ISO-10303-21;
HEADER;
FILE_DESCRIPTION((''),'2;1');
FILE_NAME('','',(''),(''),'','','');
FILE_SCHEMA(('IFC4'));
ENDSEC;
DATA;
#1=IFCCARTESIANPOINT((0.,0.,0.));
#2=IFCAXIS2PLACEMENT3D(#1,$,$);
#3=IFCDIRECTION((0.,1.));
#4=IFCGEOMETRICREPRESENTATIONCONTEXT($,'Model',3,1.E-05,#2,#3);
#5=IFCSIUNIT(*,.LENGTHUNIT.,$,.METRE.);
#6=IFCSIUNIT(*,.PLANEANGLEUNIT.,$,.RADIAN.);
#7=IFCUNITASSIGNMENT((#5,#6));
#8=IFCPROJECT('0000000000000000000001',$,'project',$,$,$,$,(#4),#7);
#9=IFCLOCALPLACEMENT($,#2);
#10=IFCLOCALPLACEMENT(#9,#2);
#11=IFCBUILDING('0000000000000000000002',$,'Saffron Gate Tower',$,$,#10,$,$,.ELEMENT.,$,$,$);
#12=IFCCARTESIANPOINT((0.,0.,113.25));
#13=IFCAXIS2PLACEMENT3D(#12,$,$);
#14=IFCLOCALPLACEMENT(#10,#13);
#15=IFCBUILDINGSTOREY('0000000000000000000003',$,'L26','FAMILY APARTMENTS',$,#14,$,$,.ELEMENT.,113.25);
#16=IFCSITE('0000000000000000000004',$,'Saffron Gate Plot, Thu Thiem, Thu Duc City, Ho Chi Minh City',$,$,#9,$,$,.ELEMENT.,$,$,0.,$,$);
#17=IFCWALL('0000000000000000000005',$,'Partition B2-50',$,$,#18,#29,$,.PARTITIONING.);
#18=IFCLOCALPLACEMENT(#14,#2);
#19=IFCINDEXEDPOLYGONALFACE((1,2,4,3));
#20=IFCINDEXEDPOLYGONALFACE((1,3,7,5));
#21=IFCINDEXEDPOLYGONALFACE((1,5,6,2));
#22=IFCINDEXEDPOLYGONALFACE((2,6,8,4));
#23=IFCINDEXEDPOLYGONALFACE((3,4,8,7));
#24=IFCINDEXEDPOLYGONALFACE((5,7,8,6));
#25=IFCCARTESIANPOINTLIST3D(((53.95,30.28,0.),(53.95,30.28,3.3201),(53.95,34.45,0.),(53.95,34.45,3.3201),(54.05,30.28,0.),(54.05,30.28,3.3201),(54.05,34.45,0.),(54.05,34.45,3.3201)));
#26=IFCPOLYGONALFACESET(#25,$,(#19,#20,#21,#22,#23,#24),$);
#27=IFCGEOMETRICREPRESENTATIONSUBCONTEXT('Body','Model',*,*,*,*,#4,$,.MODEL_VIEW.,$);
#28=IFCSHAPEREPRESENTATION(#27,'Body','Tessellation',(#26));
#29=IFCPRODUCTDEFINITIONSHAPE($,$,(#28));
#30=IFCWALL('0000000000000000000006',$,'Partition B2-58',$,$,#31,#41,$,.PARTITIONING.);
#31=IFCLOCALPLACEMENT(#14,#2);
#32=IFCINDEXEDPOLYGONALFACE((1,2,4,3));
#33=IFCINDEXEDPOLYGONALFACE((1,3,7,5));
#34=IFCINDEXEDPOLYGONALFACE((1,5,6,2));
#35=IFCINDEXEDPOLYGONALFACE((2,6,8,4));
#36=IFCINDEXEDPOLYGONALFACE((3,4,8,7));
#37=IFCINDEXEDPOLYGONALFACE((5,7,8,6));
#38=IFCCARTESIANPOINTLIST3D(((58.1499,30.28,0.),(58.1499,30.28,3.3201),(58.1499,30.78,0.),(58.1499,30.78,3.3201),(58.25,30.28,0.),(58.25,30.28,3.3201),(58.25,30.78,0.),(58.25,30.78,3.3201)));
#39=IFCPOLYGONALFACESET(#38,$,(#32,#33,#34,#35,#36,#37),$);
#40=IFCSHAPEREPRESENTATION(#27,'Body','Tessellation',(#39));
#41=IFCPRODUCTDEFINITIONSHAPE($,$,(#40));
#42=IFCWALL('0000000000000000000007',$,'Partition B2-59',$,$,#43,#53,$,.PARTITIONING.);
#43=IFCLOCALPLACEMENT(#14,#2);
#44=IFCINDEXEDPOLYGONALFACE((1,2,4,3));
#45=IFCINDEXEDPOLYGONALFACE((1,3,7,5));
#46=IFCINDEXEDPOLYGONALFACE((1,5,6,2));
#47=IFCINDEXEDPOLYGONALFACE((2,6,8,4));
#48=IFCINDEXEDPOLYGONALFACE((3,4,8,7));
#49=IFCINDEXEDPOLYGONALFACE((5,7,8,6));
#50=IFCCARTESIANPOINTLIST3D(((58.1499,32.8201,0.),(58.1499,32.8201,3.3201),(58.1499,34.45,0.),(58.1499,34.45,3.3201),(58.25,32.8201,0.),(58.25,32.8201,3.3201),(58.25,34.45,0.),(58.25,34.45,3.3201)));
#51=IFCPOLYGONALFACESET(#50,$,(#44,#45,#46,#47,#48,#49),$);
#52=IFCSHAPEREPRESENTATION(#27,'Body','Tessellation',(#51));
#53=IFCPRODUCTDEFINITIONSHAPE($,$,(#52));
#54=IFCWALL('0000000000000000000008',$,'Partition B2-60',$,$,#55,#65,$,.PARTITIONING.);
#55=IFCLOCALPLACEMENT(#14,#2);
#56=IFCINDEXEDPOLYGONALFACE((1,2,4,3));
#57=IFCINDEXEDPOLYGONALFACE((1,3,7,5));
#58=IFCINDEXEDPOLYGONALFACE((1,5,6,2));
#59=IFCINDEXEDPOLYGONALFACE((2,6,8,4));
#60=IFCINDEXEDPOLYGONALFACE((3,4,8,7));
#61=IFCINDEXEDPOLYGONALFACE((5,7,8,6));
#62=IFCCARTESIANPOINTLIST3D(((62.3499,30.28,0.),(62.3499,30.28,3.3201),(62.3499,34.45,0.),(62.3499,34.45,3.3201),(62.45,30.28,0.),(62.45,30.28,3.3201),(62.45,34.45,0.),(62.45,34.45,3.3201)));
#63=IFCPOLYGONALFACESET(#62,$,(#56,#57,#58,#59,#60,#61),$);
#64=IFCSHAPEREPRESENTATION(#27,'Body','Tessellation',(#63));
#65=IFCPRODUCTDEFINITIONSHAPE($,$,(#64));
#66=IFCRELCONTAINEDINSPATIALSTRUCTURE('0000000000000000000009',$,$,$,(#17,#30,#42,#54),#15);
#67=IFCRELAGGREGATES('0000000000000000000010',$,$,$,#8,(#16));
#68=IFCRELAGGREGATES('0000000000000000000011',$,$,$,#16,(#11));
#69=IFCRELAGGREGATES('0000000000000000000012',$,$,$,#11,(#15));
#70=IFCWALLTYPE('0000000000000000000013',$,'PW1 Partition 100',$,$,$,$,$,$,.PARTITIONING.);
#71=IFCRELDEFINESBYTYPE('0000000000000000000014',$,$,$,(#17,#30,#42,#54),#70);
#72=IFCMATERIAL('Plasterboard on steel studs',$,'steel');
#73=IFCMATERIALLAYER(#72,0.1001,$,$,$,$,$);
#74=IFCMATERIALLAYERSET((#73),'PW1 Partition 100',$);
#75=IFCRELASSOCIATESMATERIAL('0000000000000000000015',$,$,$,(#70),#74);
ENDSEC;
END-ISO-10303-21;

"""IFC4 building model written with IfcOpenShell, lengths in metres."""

from ifc_helpers import new_model, si_unit, direction, frame, frame_2d, origin, place, context, subcontext, project, spatial, rectangle, extrude, material, layer, layer_set, type_object, element, save


model = new_model("IFC4")

# Units and contexts
model_context = context("Model", 3, precision=1e-05, world=origin(), true_north=direction((0.0, 1.0)))
body_context = subcontext(model_context, "Body", "Model", "MODEL_VIEW")
ifc_project = project(units=[si_unit("LENGTHUNIT", "METRE"), si_unit("PLANEANGLEUNIT", "RADIAN")], contexts=[model_context])

# Site, building, storey
site_placement = place(None, origin())
site = spatial("IfcSite", under=ifc_project, at=site_placement, Name="Saffron Gate Plot, Thu Thiem, Thu Duc City, Ho Chi Minh City", CompositionType="ELEMENT", RefElevation=0.0)
building_placement = place(site_placement, origin())
building = spatial("IfcBuilding", under=site, at=building_placement, Name="Saffron Gate Tower", CompositionType="ELEMENT")
storey_placement = place(building_placement, frame((0.0, 0.0, 113.25)))
storey = spatial("IfcBuildingStorey", under=building, at=storey_placement, Name="L26", Description="FAMILY APARTMENTS", CompositionType="ELEMENT", Elevation=113.25)

# Walls
ifc_material_1 = material(Name="Plasterboard on steel studs", Category="steel")
ifc_layer = layer(ifc_material_1, 0.1001)
ifc_layer_set = layer_set([ifc_layer], Name="PW1 Partition 100")
wall_type = type_object("IfcWallType", Name="PW1 Partition 100", PredefinedType="PARTITIONING", material=ifc_layer_set)
wall_1_placement = place(storey_placement, frame((54.0, 34.45, 0.0), z_axis=(0.0, 0.0, 1.0), x_axis=(0.0, -1.0, 0.0)))
element("IfcWall", 1, at=wall_1_placement, inside=storey, type_object=wall_type, Name="Partition B2-50", PredefinedType="PARTITIONING", context=body_context, shape_type="SweptSolid", body=[
    extrude(rectangle(XDim=4.1699, YDim=0.1001, at=frame_2d((2.085, 0.0))), origin(), (0.0, 0.0, 1.0), 3.3201),
])
wall_2_placement = place(storey_placement, frame((58.2, 30.78, 0.0), z_axis=(0.0, 0.0, 1.0), x_axis=(0.0, -1.0, 0.0)))
element("IfcWall", 2, at=wall_2_placement, inside=storey, type_object=wall_type, Name="Partition B2-58", PredefinedType="PARTITIONING", context=body_context, shape_type="SweptSolid", body=[
    extrude(rectangle(XDim=0.5, YDim=0.1001, at=frame_2d((0.25, 0.0))), origin(), (0.0, 0.0, 1.0), 3.3201),
])
wall_3_placement = place(storey_placement, frame((58.2, 34.45, 0.0), z_axis=(0.0, 0.0, 1.0), x_axis=(0.0, -1.0, 0.0)))
element("IfcWall", 3, at=wall_3_placement, inside=storey, type_object=wall_type, Name="Partition B2-59", PredefinedType="PARTITIONING", context=body_context, shape_type="SweptSolid", body=[
    extrude(rectangle(XDim=1.6299, YDim=0.1001, at=frame_2d((0.8149, 0.0))), origin(), (0.0, 0.0, 1.0), 3.3201),
])
wall_4_placement = place(storey_placement, frame((62.3999, 34.45, 0.0), z_axis=(0.0, 0.0, 1.0), x_axis=(0.0, -1.0, 0.0)))
element("IfcWall", 4, at=wall_4_placement, inside=storey, type_object=wall_type, Name="Partition B2-60", PredefinedType="PARTITIONING", context=body_context, shape_type="SweptSolid", body=[
    extrude(rectangle(XDim=4.1699, YDim=0.1001, at=frame_2d((2.085, 0.0))), origin(), (0.0, 0.0, 1.0), 3.3201),
])

save(model, "model.ifc")
